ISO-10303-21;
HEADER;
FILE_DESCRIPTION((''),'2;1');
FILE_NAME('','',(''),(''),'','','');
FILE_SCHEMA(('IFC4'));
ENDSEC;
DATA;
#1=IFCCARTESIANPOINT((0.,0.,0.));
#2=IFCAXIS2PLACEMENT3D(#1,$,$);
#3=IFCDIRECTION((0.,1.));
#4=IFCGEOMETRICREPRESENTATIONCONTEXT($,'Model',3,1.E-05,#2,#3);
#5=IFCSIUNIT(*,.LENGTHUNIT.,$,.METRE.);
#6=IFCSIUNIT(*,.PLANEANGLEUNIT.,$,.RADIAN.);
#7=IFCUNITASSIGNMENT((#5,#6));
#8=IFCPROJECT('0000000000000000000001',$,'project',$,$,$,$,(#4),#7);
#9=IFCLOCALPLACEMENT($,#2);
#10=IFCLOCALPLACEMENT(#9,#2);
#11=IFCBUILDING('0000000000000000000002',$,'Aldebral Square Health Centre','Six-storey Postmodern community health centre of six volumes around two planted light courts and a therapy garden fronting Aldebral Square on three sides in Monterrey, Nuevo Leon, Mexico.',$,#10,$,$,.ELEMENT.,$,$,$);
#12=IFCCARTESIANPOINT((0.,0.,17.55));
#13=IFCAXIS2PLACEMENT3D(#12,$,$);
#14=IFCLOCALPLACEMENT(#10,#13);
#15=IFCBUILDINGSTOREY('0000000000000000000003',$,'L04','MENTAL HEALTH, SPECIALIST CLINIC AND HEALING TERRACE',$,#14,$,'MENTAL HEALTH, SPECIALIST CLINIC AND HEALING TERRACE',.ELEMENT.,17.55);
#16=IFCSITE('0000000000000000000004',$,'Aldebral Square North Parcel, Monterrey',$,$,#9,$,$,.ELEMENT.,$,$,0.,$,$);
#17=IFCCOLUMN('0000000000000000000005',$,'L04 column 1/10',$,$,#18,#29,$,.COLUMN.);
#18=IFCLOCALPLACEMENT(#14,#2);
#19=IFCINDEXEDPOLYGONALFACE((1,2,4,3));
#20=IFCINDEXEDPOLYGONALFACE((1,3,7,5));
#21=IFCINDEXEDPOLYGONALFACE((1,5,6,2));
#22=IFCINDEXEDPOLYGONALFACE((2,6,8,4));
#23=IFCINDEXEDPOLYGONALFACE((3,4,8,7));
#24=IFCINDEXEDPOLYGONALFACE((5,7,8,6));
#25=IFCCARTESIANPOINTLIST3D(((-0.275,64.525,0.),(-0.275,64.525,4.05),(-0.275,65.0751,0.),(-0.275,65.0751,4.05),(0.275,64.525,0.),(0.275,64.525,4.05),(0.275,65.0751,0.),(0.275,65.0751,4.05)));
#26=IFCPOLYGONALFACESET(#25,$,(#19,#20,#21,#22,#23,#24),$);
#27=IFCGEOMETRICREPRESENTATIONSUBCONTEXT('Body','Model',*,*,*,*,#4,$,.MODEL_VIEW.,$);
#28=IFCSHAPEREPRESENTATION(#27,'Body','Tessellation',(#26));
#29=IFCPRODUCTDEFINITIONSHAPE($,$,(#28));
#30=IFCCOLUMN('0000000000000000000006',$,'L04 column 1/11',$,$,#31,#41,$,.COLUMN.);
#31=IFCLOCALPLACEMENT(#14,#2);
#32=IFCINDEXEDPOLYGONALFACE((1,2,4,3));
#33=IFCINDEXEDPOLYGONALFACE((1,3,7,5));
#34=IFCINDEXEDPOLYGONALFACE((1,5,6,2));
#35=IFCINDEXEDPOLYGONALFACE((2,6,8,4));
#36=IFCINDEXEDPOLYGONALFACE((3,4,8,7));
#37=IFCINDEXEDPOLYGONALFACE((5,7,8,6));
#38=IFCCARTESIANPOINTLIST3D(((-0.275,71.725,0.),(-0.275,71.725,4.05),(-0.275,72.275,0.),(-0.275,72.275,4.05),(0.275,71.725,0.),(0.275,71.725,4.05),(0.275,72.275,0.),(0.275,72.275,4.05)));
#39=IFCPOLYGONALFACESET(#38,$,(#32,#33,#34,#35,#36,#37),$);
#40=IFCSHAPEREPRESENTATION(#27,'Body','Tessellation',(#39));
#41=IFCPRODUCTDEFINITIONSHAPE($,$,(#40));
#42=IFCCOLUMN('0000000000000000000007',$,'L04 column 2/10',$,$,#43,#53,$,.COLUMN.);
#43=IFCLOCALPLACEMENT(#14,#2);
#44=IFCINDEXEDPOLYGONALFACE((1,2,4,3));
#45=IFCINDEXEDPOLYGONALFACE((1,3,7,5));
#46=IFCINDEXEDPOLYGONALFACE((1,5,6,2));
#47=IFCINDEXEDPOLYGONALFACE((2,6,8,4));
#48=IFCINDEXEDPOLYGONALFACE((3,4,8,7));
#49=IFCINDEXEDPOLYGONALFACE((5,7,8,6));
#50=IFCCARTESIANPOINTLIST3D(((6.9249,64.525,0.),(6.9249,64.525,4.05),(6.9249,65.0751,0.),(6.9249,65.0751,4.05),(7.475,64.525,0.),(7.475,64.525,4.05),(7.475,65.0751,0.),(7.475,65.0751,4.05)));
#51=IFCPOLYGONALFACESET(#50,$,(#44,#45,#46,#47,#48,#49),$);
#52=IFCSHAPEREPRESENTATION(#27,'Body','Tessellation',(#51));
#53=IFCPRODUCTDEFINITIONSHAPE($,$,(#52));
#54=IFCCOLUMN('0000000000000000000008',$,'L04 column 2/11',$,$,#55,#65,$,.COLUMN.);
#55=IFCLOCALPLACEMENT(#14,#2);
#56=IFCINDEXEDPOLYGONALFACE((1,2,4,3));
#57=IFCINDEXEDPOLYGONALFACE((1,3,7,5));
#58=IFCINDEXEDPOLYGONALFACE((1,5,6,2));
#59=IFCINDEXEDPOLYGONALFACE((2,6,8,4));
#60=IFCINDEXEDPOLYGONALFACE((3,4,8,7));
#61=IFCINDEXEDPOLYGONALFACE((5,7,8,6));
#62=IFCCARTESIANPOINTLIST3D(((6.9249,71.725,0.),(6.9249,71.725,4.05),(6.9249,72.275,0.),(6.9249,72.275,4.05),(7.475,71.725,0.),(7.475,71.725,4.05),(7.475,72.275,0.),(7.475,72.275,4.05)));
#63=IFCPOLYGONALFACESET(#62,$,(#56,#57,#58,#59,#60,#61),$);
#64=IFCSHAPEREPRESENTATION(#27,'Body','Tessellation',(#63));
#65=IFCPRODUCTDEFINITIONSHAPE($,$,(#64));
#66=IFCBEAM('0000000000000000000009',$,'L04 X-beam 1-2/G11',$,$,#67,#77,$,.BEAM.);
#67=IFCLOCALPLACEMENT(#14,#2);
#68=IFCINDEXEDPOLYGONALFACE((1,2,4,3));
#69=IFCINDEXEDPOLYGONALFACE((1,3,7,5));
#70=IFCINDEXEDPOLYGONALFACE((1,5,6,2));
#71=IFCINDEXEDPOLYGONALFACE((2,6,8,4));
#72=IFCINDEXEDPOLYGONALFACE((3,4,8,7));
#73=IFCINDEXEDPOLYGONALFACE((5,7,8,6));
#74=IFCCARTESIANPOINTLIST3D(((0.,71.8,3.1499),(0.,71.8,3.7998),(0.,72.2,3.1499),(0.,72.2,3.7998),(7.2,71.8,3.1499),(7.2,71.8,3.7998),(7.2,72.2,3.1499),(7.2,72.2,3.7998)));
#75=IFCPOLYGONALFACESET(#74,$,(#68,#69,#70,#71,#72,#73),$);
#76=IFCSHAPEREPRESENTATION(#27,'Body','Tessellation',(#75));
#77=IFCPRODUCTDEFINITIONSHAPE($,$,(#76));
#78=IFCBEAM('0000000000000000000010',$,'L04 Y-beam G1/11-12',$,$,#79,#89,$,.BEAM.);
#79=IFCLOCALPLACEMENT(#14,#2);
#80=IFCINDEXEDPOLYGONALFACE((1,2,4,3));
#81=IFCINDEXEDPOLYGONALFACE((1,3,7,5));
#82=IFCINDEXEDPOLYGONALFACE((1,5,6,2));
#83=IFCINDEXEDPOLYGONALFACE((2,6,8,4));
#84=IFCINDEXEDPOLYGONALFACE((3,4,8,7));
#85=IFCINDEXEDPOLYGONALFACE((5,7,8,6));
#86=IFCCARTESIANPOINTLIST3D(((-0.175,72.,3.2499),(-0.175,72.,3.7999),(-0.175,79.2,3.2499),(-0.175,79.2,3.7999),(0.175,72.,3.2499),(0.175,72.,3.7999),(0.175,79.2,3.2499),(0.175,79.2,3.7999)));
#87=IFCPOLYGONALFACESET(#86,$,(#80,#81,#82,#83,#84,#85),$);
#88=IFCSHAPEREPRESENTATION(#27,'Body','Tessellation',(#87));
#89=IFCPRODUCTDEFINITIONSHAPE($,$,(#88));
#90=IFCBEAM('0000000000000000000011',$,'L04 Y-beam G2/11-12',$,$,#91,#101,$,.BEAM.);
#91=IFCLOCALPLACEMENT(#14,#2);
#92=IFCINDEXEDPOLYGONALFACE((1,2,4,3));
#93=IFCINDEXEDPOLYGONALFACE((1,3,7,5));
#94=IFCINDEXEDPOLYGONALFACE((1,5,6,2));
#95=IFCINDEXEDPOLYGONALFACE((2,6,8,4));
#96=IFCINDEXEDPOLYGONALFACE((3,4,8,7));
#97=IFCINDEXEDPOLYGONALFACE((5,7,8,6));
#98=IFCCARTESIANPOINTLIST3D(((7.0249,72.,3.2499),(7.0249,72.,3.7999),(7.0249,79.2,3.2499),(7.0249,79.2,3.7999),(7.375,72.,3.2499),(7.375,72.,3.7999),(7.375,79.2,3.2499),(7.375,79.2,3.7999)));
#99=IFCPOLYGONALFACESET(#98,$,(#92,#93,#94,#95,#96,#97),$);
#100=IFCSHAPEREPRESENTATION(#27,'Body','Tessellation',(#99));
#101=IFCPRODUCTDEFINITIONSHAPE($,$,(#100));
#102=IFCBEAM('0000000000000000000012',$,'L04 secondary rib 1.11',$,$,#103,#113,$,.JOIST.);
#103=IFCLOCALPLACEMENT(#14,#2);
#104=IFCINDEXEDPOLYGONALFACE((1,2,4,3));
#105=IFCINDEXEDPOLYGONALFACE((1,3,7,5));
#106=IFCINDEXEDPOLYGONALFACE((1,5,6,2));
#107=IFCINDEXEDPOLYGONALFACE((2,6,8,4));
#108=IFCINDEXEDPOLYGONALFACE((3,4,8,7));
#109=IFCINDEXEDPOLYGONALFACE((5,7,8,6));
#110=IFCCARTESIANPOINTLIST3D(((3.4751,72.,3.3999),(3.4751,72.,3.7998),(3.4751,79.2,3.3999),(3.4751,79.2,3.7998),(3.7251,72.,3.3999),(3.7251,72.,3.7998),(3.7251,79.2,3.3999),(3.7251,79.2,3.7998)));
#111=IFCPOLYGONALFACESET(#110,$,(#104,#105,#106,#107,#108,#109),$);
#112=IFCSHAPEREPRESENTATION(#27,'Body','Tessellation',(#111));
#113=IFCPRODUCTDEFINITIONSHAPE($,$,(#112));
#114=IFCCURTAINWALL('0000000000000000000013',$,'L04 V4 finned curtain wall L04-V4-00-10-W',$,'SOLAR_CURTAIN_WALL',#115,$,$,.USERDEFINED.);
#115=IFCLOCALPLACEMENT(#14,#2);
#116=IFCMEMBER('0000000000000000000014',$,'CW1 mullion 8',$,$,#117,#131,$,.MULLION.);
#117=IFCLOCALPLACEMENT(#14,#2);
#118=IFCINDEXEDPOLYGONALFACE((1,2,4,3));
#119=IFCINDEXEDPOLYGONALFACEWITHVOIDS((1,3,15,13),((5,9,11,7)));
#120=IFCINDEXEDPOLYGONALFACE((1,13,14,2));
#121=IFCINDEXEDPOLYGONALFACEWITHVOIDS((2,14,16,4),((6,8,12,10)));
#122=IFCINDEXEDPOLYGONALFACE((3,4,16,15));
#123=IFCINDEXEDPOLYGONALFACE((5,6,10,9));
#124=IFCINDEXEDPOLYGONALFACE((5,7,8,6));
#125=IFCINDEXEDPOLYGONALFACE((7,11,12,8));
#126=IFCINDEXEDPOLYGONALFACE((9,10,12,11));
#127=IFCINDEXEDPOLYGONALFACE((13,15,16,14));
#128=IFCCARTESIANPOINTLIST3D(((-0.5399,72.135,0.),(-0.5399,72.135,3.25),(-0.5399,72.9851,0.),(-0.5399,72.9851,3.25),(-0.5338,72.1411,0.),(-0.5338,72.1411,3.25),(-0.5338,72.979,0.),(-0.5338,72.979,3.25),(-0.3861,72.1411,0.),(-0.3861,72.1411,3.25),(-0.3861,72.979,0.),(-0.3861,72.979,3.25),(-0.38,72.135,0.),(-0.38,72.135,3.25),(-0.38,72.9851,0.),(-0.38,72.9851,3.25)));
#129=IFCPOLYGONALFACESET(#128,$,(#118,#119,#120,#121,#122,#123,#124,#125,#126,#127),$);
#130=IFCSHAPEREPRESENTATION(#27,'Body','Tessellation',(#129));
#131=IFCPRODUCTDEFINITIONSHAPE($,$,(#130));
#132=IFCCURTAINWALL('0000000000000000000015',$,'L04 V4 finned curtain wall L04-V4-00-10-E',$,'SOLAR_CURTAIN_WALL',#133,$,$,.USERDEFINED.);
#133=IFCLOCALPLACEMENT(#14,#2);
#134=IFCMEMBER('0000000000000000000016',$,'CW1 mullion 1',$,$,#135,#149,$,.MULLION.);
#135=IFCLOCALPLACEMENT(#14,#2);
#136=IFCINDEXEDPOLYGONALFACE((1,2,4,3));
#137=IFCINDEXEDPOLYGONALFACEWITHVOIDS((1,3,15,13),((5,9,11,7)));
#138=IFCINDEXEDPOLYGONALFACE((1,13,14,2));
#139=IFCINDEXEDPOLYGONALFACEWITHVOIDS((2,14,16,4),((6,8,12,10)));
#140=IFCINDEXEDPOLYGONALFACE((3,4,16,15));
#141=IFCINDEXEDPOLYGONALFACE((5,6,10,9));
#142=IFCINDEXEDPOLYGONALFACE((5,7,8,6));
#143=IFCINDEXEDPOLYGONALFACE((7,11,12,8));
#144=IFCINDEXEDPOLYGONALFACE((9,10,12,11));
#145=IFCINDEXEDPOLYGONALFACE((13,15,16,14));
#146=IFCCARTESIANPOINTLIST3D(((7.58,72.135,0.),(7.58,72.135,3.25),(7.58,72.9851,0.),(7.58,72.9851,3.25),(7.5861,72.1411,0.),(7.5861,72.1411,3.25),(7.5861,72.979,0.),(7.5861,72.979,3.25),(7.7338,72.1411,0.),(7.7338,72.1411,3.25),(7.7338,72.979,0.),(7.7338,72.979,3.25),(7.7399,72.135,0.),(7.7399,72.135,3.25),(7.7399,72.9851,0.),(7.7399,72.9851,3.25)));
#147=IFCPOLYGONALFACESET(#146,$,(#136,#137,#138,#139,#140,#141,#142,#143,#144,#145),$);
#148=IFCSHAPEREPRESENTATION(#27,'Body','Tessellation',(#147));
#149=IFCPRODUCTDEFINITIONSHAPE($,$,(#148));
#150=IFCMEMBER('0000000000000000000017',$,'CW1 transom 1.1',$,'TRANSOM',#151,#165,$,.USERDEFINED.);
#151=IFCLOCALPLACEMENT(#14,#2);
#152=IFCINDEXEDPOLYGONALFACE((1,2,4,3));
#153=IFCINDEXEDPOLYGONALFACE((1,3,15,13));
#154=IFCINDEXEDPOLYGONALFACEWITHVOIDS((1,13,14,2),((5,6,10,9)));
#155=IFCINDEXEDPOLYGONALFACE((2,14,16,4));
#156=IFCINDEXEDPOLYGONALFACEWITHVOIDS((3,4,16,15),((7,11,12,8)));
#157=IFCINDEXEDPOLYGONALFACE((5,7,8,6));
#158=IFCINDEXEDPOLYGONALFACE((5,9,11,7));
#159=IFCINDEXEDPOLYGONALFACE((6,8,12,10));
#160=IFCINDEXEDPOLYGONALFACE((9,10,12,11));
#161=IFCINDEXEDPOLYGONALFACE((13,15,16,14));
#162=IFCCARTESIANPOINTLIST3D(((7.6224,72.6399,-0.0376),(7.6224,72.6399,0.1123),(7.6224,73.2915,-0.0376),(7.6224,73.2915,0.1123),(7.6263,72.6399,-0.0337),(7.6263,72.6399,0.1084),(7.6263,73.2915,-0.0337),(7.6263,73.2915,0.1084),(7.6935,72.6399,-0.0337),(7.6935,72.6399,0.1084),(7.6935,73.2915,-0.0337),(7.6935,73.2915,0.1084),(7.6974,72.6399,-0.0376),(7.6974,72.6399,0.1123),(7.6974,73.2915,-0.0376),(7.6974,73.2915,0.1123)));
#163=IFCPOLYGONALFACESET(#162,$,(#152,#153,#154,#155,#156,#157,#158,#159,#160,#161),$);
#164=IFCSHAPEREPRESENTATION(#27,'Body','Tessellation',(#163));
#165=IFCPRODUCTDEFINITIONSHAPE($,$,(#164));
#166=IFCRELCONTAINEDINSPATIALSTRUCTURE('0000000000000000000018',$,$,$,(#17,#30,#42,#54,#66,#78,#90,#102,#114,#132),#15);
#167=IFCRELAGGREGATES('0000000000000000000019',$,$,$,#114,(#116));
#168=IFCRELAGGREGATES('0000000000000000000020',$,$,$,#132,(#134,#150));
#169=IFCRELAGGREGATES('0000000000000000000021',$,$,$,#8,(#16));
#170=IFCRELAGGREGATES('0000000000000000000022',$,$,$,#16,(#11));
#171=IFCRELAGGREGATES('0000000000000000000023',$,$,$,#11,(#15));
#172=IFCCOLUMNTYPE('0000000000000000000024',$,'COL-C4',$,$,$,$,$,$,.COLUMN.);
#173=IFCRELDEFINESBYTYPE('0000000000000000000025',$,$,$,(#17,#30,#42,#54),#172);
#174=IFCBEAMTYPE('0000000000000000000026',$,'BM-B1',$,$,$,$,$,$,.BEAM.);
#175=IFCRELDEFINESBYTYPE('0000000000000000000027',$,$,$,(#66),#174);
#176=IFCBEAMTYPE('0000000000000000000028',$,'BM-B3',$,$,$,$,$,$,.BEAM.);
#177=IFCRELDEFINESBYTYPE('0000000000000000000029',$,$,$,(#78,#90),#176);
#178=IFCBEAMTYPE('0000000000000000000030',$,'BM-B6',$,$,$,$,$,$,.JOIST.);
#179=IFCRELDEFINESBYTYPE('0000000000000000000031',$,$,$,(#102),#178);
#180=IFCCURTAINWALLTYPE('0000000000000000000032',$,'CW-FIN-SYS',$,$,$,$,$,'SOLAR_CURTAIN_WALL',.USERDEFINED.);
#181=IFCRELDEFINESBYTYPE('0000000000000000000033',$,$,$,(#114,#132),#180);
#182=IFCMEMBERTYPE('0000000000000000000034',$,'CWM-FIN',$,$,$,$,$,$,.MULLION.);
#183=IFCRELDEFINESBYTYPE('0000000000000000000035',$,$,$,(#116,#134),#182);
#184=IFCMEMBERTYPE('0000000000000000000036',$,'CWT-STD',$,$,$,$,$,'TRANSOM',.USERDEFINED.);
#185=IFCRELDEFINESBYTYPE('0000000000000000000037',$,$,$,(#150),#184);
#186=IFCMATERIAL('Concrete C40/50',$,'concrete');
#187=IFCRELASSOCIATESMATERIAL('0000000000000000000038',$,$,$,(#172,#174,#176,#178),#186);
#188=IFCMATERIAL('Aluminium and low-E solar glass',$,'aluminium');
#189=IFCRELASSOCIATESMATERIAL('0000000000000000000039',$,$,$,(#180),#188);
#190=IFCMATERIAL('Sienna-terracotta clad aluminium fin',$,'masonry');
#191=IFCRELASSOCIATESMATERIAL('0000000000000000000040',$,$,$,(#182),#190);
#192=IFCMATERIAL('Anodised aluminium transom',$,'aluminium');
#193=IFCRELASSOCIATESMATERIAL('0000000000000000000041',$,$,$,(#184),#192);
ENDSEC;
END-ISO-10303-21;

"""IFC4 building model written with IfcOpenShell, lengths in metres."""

from ifc_helpers import new_model, si_unit, direction, frame, origin, origin_2d, place, context, subcontext, project, spatial, rectangle, hollow_rectangle, extrude, material, material_profile, profile_set, type_object, element, aggregate, save


model = new_model("IFC4")

# Units and contexts
model_context = context("Model", 3, precision=1e-05, world=origin(), true_north=direction((0.0, 1.0)))
body_context = subcontext(model_context, "Body", "Model", "MODEL_VIEW")
ifc_project = project(units=[si_unit("LENGTHUNIT", "METRE"), si_unit("PLANEANGLEUNIT", "RADIAN")], contexts=[model_context])

# Site, building, storey
site_placement = place(None, origin())
site = spatial("IfcSite", under=ifc_project, at=site_placement, Name="Aldebral Square North Parcel, Monterrey", CompositionType="ELEMENT", RefElevation=0.0)
building_placement = place(site_placement, origin())
building = spatial("IfcBuilding", under=site, at=building_placement, Name="Aldebral Square Health Centre", Description="Six-storey Postmodern community health centre of six volumes around two planted light courts and a therapy garden fronting Aldebral Square on three sides in Monterrey, Nuevo Leon, Mexico.", CompositionType="ELEMENT")
storey_placement = place(building_placement, frame((0.0, 0.0, 17.55)))
storey = spatial("IfcBuildingStorey", under=building, at=storey_placement, Name="L04", Description="MENTAL HEALTH, SPECIALIST CLINIC AND HEALING TERRACE", LongName="MENTAL HEALTH, SPECIALIST CLINIC AND HEALING TERRACE", CompositionType="ELEMENT", Elevation=17.55)

# Columns
ifc_material_1 = material(Name="Concrete C40/50", Category="concrete")
ifc_material_profile_1 = material_profile(ifc_material_1, rectangle(XDim=0.55, YDim=0.55, at=origin_2d()), Name="RC 550x550")
ifc_profile_set_1 = profile_set([ifc_material_profile_1], Name="Concrete C40/50")
column_type = type_object("IfcColumnType", Name="COL-C4", PredefinedType="COLUMN", material=ifc_profile_set_1)
for number, where, z_axis, x_axis, name in (
    (1, (0.0, 64.8, 0.0), (0.0, 0.0, 1.0), (1.0, 0.0, 0.0), "L04 column 1/10"),
    (2, (0.0, 72.0, 0.0), (0.0, 0.0, 1.0), (1.0, 0.0, 0.0), "L04 column 1/11"),
    (3, (7.2, 64.8, 0.0), (0.0, 0.0, 1.0), (1.0, 0.0, 0.0), "L04 column 2/10"),
    (4, (7.2, 72.0, 0.0), (0.0, 0.0, 1.0), (1.0, 0.0, 0.0), "L04 column 2/11"),
):
    element("IfcColumn", number, at=place(storey_placement, frame(where, z_axis=z_axis, x_axis=x_axis)), inside=storey, type_object=column_type, Name=name, PredefinedType="COLUMN", context=body_context, shape_type="SweptSolid", body=[
        extrude(rectangle(XDim=0.55, YDim=0.55, at=origin_2d()), origin(), (0.0, 0.0, 1.0), 4.05),
    ])

# Beams
ifc_material_profile_2 = material_profile(ifc_material_1, rectangle(XDim=0.3999, YDim=0.6499, at=origin_2d()), Name="RC 400x650")
ifc_profile_set_2 = profile_set([ifc_material_profile_2], Name="Concrete C40/50")
beam_type_1 = type_object("IfcBeamType", Name="BM-B1", PredefinedType="BEAM", material=ifc_profile_set_2)
beam_1_placement = place(storey_placement, frame((0.0, 72.0, 3.4749), z_axis=(1.0, 0.0, 0.0), x_axis=(0.0, 1.0, 0.0)))
element("IfcBeam", 5, at=beam_1_placement, inside=storey, type_object=beam_type_1, Name="L04 X-beam 1-2/G11", PredefinedType="BEAM", context=body_context, shape_type="SweptSolid", body=[
    extrude(rectangle(XDim=0.3999, YDim=0.6499, at=origin_2d()), origin(), (0.0, 0.0, 1.0), 7.2),
])
ifc_material_profile_3 = material_profile(ifc_material_1, rectangle(XDim=0.3501, YDim=0.55, at=origin_2d()), Name="RC 350x550")
ifc_profile_set_3 = profile_set([ifc_material_profile_3], Name="Concrete C40/50")
beam_type_2 = type_object("IfcBeamType", Name="BM-B3", PredefinedType="BEAM", material=ifc_profile_set_3)
for number, where, z_axis, x_axis, name in (
    (6, (0.0, 72.0, 3.5249), (0.0, 1.0, 0.0), (-1.0, 0.0, 0.0), "L04 Y-beam G1/11-12"),
    (7, (7.2, 72.0, 3.5249), (0.0, 1.0, 0.0), (-1.0, 0.0, 0.0), "L04 Y-beam G2/11-12"),
):
    element("IfcBeam", number, at=place(storey_placement, frame(where, z_axis=z_axis, x_axis=x_axis)), inside=storey, type_object=beam_type_2, Name=name, PredefinedType="BEAM", context=body_context, shape_type="SweptSolid", body=[
        extrude(rectangle(XDim=0.3501, YDim=0.55, at=origin_2d()), origin(), (0.0, 0.0, 1.0), 7.2),
    ])
ifc_material_profile_4 = material_profile(ifc_material_1, rectangle(XDim=0.25, YDim=0.3999, at=origin_2d()), Name="RC 250x400")
ifc_profile_set_4 = profile_set([ifc_material_profile_4], Name="Concrete C40/50")
beam_type_3 = type_object("IfcBeamType", Name="BM-B6", PredefinedType="JOIST", material=ifc_profile_set_4)
beam_2_placement = place(storey_placement, frame((3.6001, 72.0, 3.5999), z_axis=(0.0, 1.0, 0.0), x_axis=(-1.0, 0.0, 0.0)))
element("IfcBeam", 8, at=beam_2_placement, inside=storey, type_object=beam_type_3, Name="L04 secondary rib 1.11", PredefinedType="JOIST", context=body_context, shape_type="SweptSolid", body=[
    extrude(rectangle(XDim=0.25, YDim=0.3999, at=origin_2d()), origin(), (0.0, 0.0, 1.0), 7.2),
])

# Curtain wall, member
ifc_material_2 = material(Name="Aluminium and low-E solar glass", Category="aluminium")
curtain_wall_type = type_object("IfcCurtainWallType", Name="CW-FIN-SYS", ElementType="SOLAR_CURTAIN_WALL", PredefinedType="USERDEFINED", material=ifc_material_2)
curtain_wall_1_placement = place(storey_placement, origin())
curtain_wall_1 = element("IfcCurtainWall", 9, at=curtain_wall_1_placement, inside=storey, type_object=curtain_wall_type, Name="L04 V4 finned curtain wall L04-V4-00-10-W", ObjectType="SOLAR_CURTAIN_WALL", PredefinedType="USERDEFINED")
ifc_material_3 = material(Name="Sienna-terracotta clad aluminium fin", Category="masonry")
ifc_material_profile_5 = material_profile(ifc_material_3, hollow_rectangle(XDim=0.1599, YDim=0.8501, WallThickness=0.0061, at=origin_2d()), Name="FIN 160x850x6")
ifc_profile_set_5 = profile_set([ifc_material_profile_5], Name="Sienna-terracotta clad aluminium fin")
member_type_1 = type_object("IfcMemberType", Name="CWM-FIN", PredefinedType="MULLION", material=ifc_profile_set_5)
member_1_placement = place(storey_placement, frame((-0.46, 72.5601, 0.0), z_axis=(0.0, 0.0, 1.0), x_axis=(1.0, 0.0, 0.0)))
member_1 = element("IfcMember", 10, at=member_1_placement, type_object=member_type_1, Name="CW1 mullion 8", PredefinedType="MULLION", context=body_context, shape_type="SweptSolid", body=[
    extrude(hollow_rectangle(XDim=0.1599, YDim=0.8501, WallThickness=0.0061, at=origin_2d()), origin(), (0.0, 0.0, 1.0), 3.25),
])
aggregate(curtain_wall_1, [member_1])

# Curtain wall, members
curtain_wall_2_placement = place(storey_placement, origin())
curtain_wall_2 = element("IfcCurtainWall", 11, at=curtain_wall_2_placement, inside=storey, type_object=curtain_wall_type, Name="L04 V4 finned curtain wall L04-V4-00-10-E", ObjectType="SOLAR_CURTAIN_WALL", PredefinedType="USERDEFINED")
member_2_placement = place(storey_placement, frame((7.6599, 72.5601, 0.0), z_axis=(0.0, 0.0, 1.0), x_axis=(-1.0, 0.0, 0.0)))
member_2 = element("IfcMember", 12, at=member_2_placement, type_object=member_type_1, Name="CW1 mullion 1", PredefinedType="MULLION", context=body_context, shape_type="SweptSolid", body=[
    extrude(hollow_rectangle(XDim=0.1599, YDim=0.8501, WallThickness=0.0061, at=origin_2d()), origin(), (0.0, 0.0, 1.0), 3.25),
])
ifc_material_4 = material(Name="Anodised aluminium transom", Category="aluminium")
ifc_material_profile_6 = material_profile(ifc_material_4, hollow_rectangle(XDim=0.075, YDim=0.1499, WallThickness=0.0039, at=origin_2d()), Name="CWT 75x150x4")
ifc_profile_set_6 = profile_set([ifc_material_profile_6], Name="Anodised aluminium transom")
member_type_2 = type_object("IfcMemberType", Name="CWT-STD", ElementType="TRANSOM", PredefinedType="USERDEFINED", material=ifc_profile_set_6)
member_3_placement = place(storey_placement, frame((7.6599, 72.6399, 0.0374), z_axis=(0.0, 1.0, 0.0), x_axis=(-1.0, 0.0, 0.0)))
member_3 = element("IfcMember", 13, at=member_3_placement, type_object=member_type_2, Name="CW1 transom 1.1", ObjectType="TRANSOM", PredefinedType="USERDEFINED", context=body_context, shape_type="SweptSolid", body=[
    extrude(hollow_rectangle(XDim=0.075, YDim=0.1499, WallThickness=0.0039, at=origin_2d()), origin(), (0.0, 0.0, 1.0), 0.6516),
])
aggregate(curtain_wall_2, [member_2, member_3])

save(model, "model.ifc")
